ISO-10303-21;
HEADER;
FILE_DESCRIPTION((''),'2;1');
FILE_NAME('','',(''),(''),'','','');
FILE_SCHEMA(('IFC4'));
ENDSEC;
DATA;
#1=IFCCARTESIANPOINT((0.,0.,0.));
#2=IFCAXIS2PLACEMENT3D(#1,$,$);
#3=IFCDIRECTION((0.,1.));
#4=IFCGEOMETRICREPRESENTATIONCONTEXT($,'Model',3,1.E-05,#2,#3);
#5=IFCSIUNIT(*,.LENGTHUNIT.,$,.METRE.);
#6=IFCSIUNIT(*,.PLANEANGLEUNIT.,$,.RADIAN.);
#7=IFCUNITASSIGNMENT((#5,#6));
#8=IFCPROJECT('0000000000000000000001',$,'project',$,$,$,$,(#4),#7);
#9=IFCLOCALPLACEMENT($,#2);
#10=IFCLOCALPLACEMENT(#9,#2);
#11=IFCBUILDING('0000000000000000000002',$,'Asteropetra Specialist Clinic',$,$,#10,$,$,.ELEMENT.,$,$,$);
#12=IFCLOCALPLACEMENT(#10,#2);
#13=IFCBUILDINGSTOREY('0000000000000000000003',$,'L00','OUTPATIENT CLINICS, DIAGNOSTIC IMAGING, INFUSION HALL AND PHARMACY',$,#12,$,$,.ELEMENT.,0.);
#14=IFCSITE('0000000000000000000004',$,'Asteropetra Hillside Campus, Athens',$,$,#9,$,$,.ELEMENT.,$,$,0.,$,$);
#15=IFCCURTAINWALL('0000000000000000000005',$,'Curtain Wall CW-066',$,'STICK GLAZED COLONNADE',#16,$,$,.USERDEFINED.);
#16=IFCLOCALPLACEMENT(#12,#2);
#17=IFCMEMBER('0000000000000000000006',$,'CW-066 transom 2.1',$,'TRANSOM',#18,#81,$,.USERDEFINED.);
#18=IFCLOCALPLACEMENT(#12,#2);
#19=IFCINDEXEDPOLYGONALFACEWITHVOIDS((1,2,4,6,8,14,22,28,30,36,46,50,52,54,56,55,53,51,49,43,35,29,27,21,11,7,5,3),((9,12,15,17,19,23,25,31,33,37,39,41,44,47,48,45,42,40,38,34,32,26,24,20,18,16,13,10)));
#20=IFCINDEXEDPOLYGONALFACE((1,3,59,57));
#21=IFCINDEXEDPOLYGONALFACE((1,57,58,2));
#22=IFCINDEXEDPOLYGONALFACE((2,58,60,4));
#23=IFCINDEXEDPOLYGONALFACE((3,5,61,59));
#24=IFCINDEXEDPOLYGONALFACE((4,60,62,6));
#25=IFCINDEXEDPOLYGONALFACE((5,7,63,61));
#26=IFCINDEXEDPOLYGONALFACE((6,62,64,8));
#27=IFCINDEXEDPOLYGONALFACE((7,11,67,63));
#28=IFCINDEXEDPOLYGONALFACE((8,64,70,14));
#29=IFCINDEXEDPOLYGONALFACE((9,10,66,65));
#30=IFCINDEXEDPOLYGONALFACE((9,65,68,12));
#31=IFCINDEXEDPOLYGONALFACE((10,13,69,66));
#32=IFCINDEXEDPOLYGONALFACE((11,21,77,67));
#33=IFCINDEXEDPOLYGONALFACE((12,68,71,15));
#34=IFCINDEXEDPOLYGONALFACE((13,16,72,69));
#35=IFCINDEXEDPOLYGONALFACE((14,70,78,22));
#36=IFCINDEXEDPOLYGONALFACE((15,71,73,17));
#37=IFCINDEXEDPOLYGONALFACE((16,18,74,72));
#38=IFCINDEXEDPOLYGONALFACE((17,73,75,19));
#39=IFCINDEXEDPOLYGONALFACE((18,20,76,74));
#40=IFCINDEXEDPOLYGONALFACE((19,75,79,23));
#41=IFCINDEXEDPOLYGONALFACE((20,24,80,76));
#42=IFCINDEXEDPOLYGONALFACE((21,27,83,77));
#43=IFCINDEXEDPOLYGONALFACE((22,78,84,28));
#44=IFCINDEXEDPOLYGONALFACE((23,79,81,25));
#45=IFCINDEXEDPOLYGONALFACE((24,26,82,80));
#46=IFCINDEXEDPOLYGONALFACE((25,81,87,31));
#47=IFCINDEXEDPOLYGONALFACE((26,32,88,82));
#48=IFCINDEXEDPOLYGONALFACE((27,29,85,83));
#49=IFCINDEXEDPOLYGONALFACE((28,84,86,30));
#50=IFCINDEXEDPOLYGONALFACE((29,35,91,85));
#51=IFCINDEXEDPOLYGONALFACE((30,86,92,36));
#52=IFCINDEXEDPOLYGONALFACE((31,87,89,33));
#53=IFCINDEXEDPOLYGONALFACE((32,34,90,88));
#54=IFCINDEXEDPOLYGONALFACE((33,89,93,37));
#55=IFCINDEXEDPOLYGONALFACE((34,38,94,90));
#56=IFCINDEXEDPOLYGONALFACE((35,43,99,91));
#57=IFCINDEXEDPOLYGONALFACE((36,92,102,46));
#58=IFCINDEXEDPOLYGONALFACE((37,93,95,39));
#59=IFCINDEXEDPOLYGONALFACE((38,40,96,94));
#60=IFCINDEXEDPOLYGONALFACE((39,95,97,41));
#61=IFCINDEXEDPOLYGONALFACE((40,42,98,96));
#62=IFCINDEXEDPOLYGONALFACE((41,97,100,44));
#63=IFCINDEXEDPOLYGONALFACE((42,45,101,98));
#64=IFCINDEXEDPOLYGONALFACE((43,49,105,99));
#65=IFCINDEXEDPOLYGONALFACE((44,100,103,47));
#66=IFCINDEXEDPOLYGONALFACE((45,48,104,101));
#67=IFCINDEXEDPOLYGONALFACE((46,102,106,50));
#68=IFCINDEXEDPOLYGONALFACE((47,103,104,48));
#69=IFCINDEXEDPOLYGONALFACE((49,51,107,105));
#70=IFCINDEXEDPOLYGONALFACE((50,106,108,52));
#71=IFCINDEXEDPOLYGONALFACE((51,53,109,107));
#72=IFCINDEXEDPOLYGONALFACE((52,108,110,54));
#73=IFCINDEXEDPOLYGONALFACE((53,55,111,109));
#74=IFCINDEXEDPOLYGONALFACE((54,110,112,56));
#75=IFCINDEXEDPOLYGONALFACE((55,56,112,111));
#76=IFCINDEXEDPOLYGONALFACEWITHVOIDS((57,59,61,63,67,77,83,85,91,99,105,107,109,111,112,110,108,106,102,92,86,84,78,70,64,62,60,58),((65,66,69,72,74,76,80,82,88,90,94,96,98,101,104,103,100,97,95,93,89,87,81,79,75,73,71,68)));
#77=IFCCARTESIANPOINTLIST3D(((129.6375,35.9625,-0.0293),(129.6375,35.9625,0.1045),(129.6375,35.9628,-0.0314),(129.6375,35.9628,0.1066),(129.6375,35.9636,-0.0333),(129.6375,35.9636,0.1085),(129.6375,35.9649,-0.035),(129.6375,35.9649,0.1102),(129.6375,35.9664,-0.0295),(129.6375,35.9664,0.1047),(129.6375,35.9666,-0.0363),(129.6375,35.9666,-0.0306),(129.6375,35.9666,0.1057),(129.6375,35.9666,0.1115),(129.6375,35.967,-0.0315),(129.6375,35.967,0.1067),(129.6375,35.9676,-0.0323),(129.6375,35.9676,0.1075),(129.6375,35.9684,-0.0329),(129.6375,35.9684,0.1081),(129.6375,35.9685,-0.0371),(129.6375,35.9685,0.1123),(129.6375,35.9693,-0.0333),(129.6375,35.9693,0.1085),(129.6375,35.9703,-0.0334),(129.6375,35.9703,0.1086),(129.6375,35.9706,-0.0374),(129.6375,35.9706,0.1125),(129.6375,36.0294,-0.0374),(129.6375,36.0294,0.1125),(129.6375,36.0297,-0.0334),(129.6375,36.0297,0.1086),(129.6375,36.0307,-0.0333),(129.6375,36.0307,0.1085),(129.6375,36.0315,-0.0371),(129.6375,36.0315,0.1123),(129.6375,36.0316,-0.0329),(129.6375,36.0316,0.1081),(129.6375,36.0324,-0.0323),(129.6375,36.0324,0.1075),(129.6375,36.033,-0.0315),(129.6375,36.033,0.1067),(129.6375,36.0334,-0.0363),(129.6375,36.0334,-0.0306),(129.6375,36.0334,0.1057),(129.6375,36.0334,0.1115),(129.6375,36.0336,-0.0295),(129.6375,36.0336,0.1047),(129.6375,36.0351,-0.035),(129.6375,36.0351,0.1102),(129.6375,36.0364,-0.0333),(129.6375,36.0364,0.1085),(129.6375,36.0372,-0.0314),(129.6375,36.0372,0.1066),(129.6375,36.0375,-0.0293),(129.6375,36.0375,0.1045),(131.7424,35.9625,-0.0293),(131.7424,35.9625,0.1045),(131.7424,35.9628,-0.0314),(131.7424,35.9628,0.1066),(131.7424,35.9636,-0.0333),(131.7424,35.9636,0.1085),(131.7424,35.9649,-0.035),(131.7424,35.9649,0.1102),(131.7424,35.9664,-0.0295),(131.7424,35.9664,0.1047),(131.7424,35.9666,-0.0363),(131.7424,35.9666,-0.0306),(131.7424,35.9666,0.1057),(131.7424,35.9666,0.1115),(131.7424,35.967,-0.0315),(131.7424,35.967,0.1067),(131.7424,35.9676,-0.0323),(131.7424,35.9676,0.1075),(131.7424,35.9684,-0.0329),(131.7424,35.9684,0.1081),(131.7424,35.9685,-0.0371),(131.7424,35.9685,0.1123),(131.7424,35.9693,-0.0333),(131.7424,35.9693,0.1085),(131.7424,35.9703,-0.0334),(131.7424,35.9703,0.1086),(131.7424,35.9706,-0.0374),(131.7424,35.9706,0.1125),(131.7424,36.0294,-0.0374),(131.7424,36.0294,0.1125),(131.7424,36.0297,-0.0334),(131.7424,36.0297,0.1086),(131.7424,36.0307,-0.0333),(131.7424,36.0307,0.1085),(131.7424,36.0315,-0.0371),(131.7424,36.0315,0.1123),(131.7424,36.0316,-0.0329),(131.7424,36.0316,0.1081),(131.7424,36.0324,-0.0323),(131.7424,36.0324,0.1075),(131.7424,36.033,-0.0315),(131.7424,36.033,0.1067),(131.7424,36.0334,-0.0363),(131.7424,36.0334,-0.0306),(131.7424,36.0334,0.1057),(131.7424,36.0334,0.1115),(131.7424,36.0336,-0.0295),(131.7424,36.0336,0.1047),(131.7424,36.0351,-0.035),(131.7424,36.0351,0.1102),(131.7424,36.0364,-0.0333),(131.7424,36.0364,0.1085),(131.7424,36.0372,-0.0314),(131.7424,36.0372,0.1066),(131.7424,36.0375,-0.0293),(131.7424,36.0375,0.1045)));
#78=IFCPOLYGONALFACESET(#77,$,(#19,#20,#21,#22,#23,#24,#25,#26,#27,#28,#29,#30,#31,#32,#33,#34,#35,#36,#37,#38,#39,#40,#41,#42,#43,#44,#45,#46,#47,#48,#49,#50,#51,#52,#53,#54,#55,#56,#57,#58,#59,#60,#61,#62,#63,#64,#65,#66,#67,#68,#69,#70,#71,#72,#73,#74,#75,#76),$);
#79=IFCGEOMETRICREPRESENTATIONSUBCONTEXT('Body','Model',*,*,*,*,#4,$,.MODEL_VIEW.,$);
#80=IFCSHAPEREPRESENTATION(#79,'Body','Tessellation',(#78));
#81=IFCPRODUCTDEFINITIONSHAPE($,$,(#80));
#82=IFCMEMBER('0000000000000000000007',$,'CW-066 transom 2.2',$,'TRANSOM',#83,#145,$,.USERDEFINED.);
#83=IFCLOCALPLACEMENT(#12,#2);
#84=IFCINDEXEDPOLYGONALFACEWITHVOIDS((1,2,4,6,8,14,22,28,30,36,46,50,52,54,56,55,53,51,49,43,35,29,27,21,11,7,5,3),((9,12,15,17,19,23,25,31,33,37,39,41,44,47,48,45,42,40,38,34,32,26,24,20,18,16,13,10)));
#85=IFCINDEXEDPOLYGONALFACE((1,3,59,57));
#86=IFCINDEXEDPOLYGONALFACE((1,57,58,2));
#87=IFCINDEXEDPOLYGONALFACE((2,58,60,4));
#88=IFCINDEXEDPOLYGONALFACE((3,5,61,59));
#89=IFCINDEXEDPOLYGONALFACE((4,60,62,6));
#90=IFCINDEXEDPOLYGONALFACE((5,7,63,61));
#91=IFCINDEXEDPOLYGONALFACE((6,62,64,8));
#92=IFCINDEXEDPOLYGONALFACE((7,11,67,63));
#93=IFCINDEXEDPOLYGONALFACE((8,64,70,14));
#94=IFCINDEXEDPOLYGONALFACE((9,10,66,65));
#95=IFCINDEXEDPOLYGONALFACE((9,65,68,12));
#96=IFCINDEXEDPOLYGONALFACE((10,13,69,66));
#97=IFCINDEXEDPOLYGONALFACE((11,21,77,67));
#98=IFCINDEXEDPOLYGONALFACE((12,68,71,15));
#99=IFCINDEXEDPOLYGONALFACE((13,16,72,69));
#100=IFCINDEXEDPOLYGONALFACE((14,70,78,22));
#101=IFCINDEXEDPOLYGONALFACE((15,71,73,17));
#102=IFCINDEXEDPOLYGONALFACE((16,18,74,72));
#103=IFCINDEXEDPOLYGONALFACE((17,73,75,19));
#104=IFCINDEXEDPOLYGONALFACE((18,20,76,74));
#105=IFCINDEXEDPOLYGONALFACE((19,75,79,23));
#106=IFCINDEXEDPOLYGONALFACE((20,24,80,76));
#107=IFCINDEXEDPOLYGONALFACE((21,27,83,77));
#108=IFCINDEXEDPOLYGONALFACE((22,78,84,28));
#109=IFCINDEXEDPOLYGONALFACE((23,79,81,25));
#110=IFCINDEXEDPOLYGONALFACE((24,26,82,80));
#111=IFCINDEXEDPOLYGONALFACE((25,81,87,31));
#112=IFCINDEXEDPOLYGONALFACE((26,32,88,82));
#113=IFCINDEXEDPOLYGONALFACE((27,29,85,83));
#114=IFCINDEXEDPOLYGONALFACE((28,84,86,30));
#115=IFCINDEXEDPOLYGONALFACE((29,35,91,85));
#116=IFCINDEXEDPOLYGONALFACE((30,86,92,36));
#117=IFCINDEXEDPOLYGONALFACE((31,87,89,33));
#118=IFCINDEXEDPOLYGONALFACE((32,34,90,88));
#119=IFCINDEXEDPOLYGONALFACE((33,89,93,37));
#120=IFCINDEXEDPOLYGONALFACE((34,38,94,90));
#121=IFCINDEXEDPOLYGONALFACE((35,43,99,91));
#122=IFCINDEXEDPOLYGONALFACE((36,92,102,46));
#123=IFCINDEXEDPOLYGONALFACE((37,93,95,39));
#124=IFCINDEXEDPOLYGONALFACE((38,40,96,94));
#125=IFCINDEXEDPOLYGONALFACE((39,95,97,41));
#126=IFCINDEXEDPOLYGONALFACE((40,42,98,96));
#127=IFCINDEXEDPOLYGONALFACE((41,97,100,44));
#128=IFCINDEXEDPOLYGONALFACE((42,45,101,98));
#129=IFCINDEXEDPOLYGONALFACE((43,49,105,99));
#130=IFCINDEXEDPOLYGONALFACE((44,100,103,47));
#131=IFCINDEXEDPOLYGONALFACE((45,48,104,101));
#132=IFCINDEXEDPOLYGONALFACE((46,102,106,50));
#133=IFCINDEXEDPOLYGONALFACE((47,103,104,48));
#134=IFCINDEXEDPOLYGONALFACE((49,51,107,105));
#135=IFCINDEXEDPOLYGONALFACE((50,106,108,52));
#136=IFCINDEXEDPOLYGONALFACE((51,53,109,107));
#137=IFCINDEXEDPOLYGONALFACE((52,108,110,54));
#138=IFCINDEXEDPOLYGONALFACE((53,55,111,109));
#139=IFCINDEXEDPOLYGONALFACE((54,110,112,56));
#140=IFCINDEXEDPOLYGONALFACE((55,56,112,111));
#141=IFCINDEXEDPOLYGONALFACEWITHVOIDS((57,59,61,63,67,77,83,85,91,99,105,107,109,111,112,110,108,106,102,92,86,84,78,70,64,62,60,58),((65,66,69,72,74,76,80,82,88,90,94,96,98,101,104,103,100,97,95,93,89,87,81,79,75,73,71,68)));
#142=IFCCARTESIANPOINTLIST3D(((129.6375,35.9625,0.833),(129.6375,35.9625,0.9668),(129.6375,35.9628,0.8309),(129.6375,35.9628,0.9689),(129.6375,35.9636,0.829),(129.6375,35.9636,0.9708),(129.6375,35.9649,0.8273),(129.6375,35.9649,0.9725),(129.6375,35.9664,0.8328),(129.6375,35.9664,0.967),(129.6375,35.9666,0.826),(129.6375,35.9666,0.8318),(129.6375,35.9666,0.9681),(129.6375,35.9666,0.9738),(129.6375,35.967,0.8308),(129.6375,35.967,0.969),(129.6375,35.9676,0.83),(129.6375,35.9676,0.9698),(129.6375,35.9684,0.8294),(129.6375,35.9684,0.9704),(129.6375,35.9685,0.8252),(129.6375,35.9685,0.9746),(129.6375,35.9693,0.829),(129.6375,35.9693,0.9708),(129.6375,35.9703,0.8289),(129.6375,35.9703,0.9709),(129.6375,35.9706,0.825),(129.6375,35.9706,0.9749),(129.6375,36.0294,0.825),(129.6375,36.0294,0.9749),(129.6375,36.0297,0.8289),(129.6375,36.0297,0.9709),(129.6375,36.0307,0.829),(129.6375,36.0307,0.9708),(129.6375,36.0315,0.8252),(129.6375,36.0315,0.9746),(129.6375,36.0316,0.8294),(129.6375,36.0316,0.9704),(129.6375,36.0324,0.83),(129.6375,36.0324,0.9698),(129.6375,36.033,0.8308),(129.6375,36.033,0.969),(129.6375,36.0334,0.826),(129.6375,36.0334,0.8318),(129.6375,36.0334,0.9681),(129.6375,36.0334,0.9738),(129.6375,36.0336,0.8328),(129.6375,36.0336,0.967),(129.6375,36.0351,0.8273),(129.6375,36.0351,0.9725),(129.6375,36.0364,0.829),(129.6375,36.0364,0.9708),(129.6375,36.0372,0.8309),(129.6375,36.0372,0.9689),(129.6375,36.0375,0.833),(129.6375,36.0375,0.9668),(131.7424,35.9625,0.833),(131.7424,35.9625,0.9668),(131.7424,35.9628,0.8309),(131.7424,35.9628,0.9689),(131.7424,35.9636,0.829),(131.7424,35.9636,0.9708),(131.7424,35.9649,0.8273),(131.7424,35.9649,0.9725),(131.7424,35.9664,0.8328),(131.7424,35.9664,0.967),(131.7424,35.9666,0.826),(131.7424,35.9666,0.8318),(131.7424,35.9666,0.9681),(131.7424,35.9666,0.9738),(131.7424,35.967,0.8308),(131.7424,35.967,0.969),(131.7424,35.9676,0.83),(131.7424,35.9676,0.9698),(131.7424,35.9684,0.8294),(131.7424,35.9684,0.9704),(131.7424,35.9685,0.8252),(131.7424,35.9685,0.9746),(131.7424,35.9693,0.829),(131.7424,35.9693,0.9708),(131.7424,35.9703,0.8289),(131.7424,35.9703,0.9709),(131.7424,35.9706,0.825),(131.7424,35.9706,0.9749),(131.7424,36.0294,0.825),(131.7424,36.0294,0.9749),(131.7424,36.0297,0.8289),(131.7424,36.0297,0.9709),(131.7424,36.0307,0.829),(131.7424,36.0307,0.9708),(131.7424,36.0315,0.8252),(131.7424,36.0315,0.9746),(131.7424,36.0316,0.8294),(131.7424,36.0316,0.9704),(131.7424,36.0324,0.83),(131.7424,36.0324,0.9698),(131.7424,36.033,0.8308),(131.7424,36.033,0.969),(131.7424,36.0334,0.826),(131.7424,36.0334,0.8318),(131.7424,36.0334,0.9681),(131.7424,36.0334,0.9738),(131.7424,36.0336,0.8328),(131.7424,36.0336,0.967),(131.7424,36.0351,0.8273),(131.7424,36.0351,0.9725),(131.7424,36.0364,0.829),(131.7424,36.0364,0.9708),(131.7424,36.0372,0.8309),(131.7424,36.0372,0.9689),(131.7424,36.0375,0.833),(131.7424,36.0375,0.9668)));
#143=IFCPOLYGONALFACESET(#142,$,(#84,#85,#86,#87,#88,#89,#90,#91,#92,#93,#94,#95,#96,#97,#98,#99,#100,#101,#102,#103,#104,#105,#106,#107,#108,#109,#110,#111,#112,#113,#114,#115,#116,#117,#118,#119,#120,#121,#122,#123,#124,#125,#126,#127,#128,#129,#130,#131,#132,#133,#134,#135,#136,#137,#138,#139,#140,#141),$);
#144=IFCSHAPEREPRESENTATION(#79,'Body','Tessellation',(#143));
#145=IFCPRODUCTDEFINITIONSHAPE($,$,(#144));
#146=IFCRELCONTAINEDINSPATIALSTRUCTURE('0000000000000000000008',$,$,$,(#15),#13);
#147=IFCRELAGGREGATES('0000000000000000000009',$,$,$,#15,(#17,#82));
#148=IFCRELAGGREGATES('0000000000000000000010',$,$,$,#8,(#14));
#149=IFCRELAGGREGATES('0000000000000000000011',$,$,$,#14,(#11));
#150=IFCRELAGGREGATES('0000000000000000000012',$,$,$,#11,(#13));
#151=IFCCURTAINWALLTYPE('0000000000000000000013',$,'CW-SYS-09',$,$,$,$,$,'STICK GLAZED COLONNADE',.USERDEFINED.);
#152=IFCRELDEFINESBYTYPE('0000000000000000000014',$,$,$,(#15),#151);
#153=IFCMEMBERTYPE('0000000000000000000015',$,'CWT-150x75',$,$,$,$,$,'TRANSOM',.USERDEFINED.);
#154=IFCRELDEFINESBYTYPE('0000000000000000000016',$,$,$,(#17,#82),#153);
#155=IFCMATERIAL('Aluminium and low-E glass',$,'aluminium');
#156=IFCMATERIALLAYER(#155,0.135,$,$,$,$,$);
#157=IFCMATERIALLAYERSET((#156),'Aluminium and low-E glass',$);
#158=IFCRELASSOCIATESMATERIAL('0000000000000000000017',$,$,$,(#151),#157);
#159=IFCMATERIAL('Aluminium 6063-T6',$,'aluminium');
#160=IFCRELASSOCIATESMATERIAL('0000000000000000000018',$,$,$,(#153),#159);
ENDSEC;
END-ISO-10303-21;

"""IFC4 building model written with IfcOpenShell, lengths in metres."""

from ifc_helpers import new_model, si_unit, direction, frame, origin, origin_2d, place, context, subcontext, project, spatial, hollow_rectangle, extrude, material, layer, layer_set, material_profile, profile_set, type_object, element, aggregate, save


model = new_model("IFC4")

# Units and contexts
model_context = context("Model", 3, precision=1e-05, world=origin(), true_north=direction((0.0, 1.0)))
body_context = subcontext(model_context, "Body", "Model", "MODEL_VIEW")
ifc_project = project(units=[si_unit("LENGTHUNIT", "METRE"), si_unit("PLANEANGLEUNIT", "RADIAN")], contexts=[model_context])

# Site, building, storey
site_placement = place(None, origin())
site = spatial("IfcSite", under=ifc_project, at=site_placement, Name="Asteropetra Hillside Campus, Athens", CompositionType="ELEMENT", RefElevation=0.0)
building_placement = place(site_placement, origin())
building = spatial("IfcBuilding", under=site, at=building_placement, Name="Asteropetra Specialist Clinic", CompositionType="ELEMENT")
storey_placement = place(building_placement, origin())
storey = spatial("IfcBuildingStorey", under=building, at=storey_placement, Name="L00", Description="OUTPATIENT CLINICS, DIAGNOSTIC IMAGING, INFUSION HALL AND PHARMACY", CompositionType="ELEMENT", Elevation=0.0)

# Curtain wall, members
ifc_material_1 = material(Name="Aluminium and low-E glass", Category="aluminium")
ifc_layer_1 = layer(ifc_material_1, 0.135)
ifc_layer_set_1 = layer_set([ifc_layer_1], Name="Aluminium and low-E glass")
curtain_wall_type = type_object("IfcCurtainWallType", Name="CW-SYS-09", ElementType="STICK GLAZED COLONNADE", PredefinedType="USERDEFINED", material=ifc_layer_set_1)
curtain_wall_placement = place(storey_placement, origin())
curtain_wall = element("IfcCurtainWall", 1, at=curtain_wall_placement, inside=storey, type_object=curtain_wall_type, Name="Curtain Wall CW-066", ObjectType="STICK GLAZED COLONNADE", PredefinedType="USERDEFINED")
ifc_material_2 = material(Name="Aluminium 6063-T6", Category="aluminium")
ifc_material_profile_1 = material_profile(ifc_material_2, hollow_rectangle(XDim=0.075, YDim=0.1499, WallThickness=0.0039, InnerFilletRadius=0.0039, OuterFilletRadius=0.0081, at=origin_2d()), Name="TRN 150x75x4.0")
ifc_profile_set_1 = profile_set([ifc_material_profile_1], Name="Aluminium 6063-T6")
member_type_1 = type_object("IfcMemberType", Name="CWT-150x75", ElementType="TRANSOM", PredefinedType="USERDEFINED", material=ifc_profile_set_1)
member_1_placement = place(storey_placement, frame((131.7424, 36.0, 0.0376), z_axis=(-1.0, 0.0, 0.0), x_axis=(0.0, -1.0, 0.0)))
member_1 = element("IfcMember", 2, at=member_1_placement, type_object=member_type_1, Name="CW-066 transom 2.1", ObjectType="TRANSOM", PredefinedType="USERDEFINED", context=body_context, shape_type="SweptSolid", body=[
    extrude(hollow_rectangle(XDim=0.075, YDim=0.1499, WallThickness=0.0039, InnerFilletRadius=0.0039, OuterFilletRadius=0.0081, at=origin_2d()), origin(), (0.0, 0.0, 1.0), 2.105),
])
member_2_placement = place(storey_placement, frame((131.7424, 36.0, 0.8999), z_axis=(-1.0, 0.0, 0.0), x_axis=(0.0, -1.0, 0.0)))
member_2 = element("IfcMember", 3, at=member_2_placement, type_object=member_type_1, Name="CW-066 transom 2.2", ObjectType="TRANSOM", PredefinedType="USERDEFINED", context=body_context, shape_type="SweptSolid", body=[
    extrude(hollow_rectangle(XDim=0.075, YDim=0.1499, WallThickness=0.0039, InnerFilletRadius=0.0039, OuterFilletRadius=0.0081, at=origin_2d()), origin(), (0.0, 0.0, 1.0), 2.105),
])
aggregate(curtain_wall, [member_1, member_2])

save(model, "model.ifc")
